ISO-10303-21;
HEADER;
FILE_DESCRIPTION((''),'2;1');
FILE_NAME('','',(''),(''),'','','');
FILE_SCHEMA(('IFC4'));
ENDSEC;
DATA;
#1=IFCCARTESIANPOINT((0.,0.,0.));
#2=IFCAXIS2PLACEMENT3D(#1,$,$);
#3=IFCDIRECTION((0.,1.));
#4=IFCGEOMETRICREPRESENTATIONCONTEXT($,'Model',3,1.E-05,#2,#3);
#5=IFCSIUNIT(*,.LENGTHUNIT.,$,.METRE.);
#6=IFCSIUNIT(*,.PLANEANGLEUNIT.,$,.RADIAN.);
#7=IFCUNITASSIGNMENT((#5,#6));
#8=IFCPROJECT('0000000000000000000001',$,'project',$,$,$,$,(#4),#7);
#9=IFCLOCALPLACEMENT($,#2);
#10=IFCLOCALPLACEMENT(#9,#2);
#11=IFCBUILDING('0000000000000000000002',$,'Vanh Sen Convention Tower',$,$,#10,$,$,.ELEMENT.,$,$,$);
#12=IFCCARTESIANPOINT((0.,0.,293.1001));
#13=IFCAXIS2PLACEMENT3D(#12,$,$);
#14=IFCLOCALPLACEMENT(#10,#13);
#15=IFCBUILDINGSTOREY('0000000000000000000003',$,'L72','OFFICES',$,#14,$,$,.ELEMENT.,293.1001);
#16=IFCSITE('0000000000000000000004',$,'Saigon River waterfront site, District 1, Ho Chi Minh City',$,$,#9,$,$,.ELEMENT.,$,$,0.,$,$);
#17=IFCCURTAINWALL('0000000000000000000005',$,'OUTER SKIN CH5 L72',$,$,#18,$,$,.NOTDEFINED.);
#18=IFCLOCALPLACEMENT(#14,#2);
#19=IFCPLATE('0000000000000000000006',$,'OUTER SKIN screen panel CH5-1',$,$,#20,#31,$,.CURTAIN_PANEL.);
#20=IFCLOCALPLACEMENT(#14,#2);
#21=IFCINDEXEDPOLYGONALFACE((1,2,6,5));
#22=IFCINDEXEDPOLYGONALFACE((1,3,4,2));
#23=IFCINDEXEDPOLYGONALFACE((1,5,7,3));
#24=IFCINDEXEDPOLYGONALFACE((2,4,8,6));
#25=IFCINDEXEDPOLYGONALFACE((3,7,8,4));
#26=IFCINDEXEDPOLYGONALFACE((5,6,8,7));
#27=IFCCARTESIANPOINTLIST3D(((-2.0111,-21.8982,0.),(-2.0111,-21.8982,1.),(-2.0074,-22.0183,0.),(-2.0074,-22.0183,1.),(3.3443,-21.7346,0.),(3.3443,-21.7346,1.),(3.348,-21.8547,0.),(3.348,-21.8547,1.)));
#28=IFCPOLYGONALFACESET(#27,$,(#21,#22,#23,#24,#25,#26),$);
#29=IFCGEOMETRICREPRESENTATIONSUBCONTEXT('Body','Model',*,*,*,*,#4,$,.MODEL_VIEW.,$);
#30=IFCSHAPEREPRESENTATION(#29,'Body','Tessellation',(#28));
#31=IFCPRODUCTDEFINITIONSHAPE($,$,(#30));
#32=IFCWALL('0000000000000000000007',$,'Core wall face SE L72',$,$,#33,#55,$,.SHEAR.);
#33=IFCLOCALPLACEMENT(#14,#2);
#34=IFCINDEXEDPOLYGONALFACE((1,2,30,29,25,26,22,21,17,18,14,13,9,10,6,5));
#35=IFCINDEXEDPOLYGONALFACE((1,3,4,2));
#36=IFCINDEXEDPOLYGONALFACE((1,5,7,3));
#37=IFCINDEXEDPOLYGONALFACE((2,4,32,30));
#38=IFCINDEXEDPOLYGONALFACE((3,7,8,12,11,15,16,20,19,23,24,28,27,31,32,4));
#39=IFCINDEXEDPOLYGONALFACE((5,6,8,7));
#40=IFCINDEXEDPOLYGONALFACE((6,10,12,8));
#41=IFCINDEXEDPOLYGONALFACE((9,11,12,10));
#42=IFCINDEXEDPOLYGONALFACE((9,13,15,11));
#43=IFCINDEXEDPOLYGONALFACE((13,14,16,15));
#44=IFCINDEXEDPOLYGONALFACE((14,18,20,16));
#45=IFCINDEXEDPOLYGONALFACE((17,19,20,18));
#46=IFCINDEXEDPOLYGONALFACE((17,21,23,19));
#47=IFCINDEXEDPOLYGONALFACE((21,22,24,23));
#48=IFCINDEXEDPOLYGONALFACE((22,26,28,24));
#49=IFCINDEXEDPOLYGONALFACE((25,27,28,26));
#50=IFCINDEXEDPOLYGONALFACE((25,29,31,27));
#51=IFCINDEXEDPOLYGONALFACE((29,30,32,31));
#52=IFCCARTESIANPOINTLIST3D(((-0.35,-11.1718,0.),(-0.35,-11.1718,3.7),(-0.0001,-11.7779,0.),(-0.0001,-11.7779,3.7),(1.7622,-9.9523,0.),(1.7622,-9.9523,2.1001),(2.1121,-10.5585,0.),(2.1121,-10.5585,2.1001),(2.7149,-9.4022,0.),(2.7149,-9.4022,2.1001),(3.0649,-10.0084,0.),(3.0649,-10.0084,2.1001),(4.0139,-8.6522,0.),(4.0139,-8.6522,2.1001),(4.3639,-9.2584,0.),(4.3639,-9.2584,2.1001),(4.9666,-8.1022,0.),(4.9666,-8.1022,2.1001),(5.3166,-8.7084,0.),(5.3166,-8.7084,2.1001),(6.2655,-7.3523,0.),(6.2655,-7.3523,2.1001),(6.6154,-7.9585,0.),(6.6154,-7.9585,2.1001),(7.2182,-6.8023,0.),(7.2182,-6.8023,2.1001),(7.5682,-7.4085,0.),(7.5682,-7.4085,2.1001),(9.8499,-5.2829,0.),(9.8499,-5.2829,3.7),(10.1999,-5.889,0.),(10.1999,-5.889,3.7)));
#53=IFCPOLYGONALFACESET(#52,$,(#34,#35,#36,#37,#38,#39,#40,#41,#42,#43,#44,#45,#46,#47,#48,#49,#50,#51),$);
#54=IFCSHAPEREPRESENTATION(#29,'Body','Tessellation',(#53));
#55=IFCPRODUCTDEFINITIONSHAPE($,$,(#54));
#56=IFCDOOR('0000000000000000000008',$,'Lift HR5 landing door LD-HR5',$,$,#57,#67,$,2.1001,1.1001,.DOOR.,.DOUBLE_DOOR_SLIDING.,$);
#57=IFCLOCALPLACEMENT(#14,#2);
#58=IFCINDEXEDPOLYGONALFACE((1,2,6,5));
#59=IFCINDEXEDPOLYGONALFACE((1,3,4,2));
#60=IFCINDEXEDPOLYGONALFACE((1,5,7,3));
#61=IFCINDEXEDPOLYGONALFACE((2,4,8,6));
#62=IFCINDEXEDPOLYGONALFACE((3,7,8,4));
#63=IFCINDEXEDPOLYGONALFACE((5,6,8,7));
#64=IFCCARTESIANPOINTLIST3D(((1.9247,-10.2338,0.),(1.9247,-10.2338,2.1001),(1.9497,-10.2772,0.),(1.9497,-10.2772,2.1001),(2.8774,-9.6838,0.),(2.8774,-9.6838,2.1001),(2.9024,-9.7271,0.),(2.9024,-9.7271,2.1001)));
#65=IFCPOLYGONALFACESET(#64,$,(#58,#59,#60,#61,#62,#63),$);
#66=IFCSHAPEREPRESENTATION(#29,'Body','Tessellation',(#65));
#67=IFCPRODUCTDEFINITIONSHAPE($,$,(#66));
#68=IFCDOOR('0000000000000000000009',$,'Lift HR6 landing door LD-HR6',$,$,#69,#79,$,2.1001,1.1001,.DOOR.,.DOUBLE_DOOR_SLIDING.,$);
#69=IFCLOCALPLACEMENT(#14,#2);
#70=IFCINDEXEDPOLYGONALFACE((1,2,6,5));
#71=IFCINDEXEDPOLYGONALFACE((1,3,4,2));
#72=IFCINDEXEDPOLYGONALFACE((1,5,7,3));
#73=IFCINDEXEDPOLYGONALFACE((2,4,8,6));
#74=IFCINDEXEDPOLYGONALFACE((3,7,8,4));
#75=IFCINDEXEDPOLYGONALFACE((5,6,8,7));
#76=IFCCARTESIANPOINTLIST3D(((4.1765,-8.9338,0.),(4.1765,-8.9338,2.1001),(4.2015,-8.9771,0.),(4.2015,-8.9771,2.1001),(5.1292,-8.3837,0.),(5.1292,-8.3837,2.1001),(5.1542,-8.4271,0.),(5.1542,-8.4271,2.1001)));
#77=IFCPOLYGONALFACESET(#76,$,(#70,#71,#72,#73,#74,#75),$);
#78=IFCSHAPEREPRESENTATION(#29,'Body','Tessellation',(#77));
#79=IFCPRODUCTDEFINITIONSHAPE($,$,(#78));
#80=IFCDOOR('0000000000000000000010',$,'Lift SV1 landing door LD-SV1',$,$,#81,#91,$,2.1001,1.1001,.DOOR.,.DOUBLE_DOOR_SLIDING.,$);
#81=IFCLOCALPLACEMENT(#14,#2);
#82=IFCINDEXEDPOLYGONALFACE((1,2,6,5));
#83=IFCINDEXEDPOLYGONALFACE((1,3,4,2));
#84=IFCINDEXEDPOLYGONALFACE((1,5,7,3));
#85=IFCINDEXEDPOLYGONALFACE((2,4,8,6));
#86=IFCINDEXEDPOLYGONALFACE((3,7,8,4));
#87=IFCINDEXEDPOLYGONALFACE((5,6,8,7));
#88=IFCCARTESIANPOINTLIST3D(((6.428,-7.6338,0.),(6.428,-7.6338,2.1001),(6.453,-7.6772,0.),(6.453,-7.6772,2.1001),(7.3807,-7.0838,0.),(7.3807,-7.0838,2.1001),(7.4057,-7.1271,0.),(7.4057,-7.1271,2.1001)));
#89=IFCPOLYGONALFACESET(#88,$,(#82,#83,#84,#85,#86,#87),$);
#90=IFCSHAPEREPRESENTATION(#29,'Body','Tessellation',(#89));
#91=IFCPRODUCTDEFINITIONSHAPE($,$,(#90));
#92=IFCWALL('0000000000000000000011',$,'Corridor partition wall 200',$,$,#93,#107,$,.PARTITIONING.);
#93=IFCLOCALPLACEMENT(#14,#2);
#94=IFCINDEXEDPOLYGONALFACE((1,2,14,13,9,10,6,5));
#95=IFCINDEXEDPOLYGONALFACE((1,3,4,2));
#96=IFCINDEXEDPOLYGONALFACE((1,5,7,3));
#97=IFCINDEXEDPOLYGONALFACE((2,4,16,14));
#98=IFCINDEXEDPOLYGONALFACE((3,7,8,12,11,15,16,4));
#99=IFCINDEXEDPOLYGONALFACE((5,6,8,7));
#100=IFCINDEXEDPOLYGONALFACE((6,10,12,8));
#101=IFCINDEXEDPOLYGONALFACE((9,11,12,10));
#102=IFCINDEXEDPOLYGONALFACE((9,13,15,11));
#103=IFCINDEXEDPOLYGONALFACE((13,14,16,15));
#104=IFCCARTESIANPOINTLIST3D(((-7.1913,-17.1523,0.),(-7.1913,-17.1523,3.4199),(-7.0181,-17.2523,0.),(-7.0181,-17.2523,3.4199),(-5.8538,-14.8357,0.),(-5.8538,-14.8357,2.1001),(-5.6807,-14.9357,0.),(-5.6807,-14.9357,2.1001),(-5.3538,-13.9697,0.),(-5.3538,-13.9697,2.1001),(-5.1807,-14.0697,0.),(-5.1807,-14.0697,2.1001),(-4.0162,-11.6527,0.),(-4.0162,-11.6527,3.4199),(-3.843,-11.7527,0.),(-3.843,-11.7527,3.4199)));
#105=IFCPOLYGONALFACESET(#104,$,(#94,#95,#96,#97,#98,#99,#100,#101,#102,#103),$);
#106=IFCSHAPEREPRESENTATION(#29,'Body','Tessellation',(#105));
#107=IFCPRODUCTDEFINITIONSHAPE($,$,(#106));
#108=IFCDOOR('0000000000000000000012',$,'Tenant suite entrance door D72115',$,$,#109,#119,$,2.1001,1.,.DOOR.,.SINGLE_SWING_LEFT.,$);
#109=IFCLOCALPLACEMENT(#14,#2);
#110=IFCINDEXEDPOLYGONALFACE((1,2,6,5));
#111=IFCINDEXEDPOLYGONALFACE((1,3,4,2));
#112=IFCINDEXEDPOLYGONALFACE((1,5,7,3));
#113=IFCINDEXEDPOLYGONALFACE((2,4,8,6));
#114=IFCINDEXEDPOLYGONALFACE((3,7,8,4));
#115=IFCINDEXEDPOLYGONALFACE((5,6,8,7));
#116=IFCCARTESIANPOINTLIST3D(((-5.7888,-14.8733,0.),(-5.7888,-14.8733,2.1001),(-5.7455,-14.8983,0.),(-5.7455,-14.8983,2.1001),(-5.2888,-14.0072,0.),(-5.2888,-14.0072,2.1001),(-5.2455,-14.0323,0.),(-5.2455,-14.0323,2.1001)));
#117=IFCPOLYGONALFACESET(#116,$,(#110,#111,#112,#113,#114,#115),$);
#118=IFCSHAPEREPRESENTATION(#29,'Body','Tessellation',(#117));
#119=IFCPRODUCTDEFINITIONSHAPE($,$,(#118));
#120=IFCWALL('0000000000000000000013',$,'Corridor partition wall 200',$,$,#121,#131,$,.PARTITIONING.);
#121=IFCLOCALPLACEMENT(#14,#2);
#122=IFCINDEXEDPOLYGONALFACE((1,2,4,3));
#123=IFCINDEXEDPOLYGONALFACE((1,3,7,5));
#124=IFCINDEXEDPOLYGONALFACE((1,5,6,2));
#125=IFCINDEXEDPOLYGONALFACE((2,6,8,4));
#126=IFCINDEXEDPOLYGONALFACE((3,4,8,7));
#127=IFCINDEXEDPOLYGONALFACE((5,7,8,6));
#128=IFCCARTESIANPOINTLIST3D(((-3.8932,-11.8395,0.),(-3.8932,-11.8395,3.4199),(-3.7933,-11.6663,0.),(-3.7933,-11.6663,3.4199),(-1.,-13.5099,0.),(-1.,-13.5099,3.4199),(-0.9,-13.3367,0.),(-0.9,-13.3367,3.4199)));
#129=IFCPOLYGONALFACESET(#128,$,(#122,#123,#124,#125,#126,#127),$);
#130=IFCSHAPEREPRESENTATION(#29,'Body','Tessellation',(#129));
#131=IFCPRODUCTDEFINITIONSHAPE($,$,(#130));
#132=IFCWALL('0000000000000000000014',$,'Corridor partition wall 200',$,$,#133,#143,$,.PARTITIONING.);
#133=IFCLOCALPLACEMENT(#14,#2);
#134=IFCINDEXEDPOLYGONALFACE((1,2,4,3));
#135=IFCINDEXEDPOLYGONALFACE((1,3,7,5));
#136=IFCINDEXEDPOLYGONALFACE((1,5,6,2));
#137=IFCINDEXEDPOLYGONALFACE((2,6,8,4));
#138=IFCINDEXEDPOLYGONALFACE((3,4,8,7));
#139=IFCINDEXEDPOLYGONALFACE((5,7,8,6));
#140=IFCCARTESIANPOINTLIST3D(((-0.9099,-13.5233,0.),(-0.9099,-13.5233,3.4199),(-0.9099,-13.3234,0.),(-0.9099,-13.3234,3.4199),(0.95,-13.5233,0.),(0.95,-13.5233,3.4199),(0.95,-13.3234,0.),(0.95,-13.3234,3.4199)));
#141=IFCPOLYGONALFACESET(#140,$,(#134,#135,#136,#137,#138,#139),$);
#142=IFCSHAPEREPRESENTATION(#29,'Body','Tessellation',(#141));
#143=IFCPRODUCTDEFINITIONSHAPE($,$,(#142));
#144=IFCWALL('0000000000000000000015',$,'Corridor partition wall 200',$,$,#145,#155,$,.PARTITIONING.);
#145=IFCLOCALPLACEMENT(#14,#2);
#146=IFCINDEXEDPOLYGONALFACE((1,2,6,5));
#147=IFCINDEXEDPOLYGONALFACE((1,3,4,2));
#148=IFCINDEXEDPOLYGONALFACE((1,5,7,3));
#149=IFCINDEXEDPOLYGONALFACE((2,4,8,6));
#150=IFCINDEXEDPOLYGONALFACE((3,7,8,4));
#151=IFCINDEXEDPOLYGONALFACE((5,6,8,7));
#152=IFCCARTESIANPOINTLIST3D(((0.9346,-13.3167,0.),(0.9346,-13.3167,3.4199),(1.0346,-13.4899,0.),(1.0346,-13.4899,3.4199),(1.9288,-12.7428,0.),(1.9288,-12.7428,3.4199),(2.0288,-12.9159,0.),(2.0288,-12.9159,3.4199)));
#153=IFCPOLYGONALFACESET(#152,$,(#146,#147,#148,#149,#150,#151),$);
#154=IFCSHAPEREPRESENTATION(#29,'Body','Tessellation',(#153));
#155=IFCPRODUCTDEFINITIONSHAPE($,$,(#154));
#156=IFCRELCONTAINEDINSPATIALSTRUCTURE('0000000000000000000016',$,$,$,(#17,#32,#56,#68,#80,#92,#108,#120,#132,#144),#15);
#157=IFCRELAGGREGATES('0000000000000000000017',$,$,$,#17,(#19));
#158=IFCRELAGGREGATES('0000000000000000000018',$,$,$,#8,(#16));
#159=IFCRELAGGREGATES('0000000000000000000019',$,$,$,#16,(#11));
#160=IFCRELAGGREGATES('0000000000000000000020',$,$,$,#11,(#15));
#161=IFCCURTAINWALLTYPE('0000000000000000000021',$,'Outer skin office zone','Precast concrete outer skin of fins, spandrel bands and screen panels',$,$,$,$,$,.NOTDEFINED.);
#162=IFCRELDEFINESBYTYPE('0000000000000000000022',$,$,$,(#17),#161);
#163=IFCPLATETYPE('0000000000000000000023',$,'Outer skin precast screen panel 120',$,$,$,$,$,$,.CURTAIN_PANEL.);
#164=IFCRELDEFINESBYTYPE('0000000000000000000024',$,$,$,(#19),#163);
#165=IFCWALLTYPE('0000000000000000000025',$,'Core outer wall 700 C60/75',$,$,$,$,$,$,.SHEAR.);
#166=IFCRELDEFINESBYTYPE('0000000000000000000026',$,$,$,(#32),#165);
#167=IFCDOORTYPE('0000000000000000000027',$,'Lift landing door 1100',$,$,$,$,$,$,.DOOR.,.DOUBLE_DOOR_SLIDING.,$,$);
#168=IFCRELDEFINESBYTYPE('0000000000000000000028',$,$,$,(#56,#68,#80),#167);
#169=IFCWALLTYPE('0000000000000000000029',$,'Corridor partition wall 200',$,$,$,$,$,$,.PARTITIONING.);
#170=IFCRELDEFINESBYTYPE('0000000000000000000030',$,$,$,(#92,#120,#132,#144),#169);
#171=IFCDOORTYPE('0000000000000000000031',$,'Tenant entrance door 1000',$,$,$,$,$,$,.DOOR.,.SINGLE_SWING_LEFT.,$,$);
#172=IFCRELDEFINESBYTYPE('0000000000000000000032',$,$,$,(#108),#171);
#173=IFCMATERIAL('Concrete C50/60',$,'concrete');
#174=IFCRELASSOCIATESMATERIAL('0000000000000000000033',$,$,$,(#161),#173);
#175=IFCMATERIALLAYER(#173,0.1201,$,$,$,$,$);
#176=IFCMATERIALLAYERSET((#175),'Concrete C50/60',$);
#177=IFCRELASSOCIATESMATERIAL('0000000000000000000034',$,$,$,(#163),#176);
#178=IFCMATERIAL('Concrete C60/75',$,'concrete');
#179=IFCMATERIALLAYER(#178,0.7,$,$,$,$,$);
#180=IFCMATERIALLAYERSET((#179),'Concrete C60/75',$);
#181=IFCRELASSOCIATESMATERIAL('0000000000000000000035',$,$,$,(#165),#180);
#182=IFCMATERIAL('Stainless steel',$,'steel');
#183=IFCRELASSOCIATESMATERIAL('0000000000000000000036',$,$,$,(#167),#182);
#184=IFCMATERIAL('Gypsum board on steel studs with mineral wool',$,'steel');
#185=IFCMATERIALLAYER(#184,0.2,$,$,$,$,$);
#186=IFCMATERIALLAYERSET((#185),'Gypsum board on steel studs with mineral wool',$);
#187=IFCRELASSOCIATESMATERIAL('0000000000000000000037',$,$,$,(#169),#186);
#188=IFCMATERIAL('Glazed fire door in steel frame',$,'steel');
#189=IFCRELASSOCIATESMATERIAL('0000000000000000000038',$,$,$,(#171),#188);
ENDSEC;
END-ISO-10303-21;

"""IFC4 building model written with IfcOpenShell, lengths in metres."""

from ifc_helpers import new_model, si_unit, direction, frame, frame_2d, origin, origin_2d, place, context, subcontext, project, spatial, rectangle, extrude, material, layer, layer_set, type_object, element, fill, aggregate, save


model = new_model("IFC4")

# Units and contexts
model_context = context("Model", 3, precision=1e-05, world=origin(), true_north=direction((0.0, 1.0)))
body_context = subcontext(model_context, "Body", "Model", "MODEL_VIEW")
ifc_project = project(units=[si_unit("LENGTHUNIT", "METRE"), si_unit("PLANEANGLEUNIT", "RADIAN")], contexts=[model_context])

# Site, building, storey
site_placement = place(None, origin())
site = spatial("IfcSite", under=ifc_project, at=site_placement, Name="Saigon River waterfront site, District 1, Ho Chi Minh City", CompositionType="ELEMENT", RefElevation=0.0)
building_placement = place(site_placement, origin())
building = spatial("IfcBuilding", under=site, at=building_placement, Name="Vanh Sen Convention Tower", CompositionType="ELEMENT")
storey_placement = place(building_placement, frame((0.0, 0.0, 293.1001)))
storey = spatial("IfcBuildingStorey", under=building, at=storey_placement, Name="L72", Description="OFFICES", CompositionType="ELEMENT", Elevation=293.1001)

# Shared definitions
ifc_material_1 = material(Name="Concrete C60/75", Category="concrete")

# Shared definitions
ifc_material_2 = material(Name="Concrete C50/60", Category="concrete")
curtain_wall_type = type_object("IfcCurtainWallType", Name="Outer skin office zone", Description="Precast concrete outer skin of fins, spandrel bands and screen panels", PredefinedType="NOTDEFINED", material=ifc_material_2)

# Curtain wall
curtain_wall_1_placement = place(storey_placement, origin())
curtain_wall_1 = element("IfcCurtainWall", 1, at=curtain_wall_1_placement, inside=storey, type_object=curtain_wall_type, Name="OUTER SKIN CH5 L72", PredefinedType="NOTDEFINED")

# Plate
ifc_layer_1 = layer(ifc_material_2, 0.1201)
ifc_layer_set_1 = layer_set([ifc_layer_1], Name="Concrete C50/60")
plate_type = type_object("IfcPlateType", Name="Outer skin precast screen panel 120", PredefinedType="CURTAIN_PANEL", material=ifc_layer_set_1)
plate_1_placement = place(storey_placement, frame((0.6685, -21.8765, 0.0), z_axis=(0.0, 0.0, 1.0), x_axis=(0.999534, 0.030539, 0.0)))
plate_1 = element("IfcPlate", 2, at=plate_1_placement, type_object=plate_type, Name="OUTER SKIN screen panel CH5-1", PredefinedType="CURTAIN_PANEL", context=body_context, shape_type="SweptSolid", body=[
    extrude(rectangle(XDim=5.3579, YDim=0.1201, at=origin_2d()), origin(), (0.0, 0.0, 1.0), 1.0),
])
aggregate(curtain_wall_1, [plate_1])

# Wall, openings, doors
ifc_layer_2 = layer(ifc_material_1, 0.7)
ifc_layer_set_2 = layer_set([ifc_layer_2], Name="Concrete C60/75")
wall_type_1 = type_object("IfcWallType", Name="Core outer wall 700 C60/75", PredefinedType="SHEAR", material=ifc_layer_set_2)
wall_1_placement = place(storey_placement, frame((-0.175, -11.4749, 0.0), z_axis=(0.0, 0.0, 1.0), x_axis=(0.866026, 0.499998, 0.0)))
wall_1 = element("IfcWall", 3, at=wall_1_placement, inside=storey, type_object=wall_type_1, Name="Core wall face SE L72", PredefinedType="SHEAR", context=body_context, shape_type="SweptSolid", body=[
    extrude(rectangle(XDim=11.7778, YDim=0.7, at=frame_2d((5.8889, 0.0))), origin(), (0.0, 0.0, 1.0), 3.7),
])
opening_1_placement = place(wall_1_placement, frame((2.439, 0.0, 0.0)))
opening_1 = element("IfcOpeningElement", 4, at=opening_1_placement, cuts=wall_1, PredefinedType="OPENING", context=body_context, shape_type="SweptSolid", body=[
    extrude(rectangle(XDim=1.1001, YDim=2.1001, at=frame_2d((0.55, 1.05))), frame((0.0, 0.3599, 0.0), z_axis=(0.0, -1.0, 0.0), x_axis=(1.0, 0.0, 0.0)), (0.0, 0.0, 1.0), 0.72),
])
opening_2_placement = place(wall_1_placement, frame((5.0391, 0.0, 0.0)))
opening_2 = element("IfcOpeningElement", 5, at=opening_2_placement, cuts=wall_1, PredefinedType="OPENING", context=body_context, shape_type="SweptSolid", body=[
    extrude(rectangle(XDim=1.1001, YDim=2.1001, at=frame_2d((0.55, 1.05))), frame((0.0, 0.3599, 0.0), z_axis=(0.0, -1.0, 0.0), x_axis=(1.0, 0.0, 0.0)), (0.0, 0.0, 1.0), 0.72),
])
opening_3_placement = place(wall_1_placement, frame((7.6389, 0.0, 0.0)))
opening_3 = element("IfcOpeningElement", 6, at=opening_3_placement, cuts=wall_1, PredefinedType="OPENING", context=body_context, shape_type="SweptSolid", body=[
    extrude(rectangle(XDim=1.1001, YDim=2.1001, at=frame_2d((0.55, 1.05))), frame((0.0, 0.3599, 0.0), z_axis=(0.0, -1.0, 0.0), x_axis=(1.0, 0.0, 0.0)), (0.0, 0.0, 1.0), 0.72),
])
ifc_material_3 = material(Name="Stainless steel", Category="steel")
door_type_1 = type_object("IfcDoorType", Name="Lift landing door 1100", OperationType="DOUBLE_DOOR_SLIDING", PredefinedType="DOOR", material=ifc_material_3)
door_1_placement = place(opening_1_placement, origin())
door_1 = element("IfcDoor", 7, at=door_1_placement, inside=storey, type_object=door_type_1, Name="Lift HR5 landing door LD-HR5", OperationType="DOUBLE_DOOR_SLIDING", OverallHeight=2.1001, OverallWidth=1.1001, PredefinedType="DOOR", context=body_context, shape_type="SweptSolid", body=[
    extrude(rectangle(XDim=1.1001, YDim=2.1001, at=frame_2d((0.55, 1.05))), frame((0.0, 0.0249, 0.0), z_axis=(0.0, -1.0, 0.0), x_axis=(1.0, 0.0, 0.0)), (0.0, 0.0, 1.0), 0.05),
])
fill(opening_1, door_1)
door_2_placement = place(opening_2_placement, origin())
door_2 = element("IfcDoor", 8, at=door_2_placement, inside=storey, type_object=door_type_1, Name="Lift HR6 landing door LD-HR6", OperationType="DOUBLE_DOOR_SLIDING", OverallHeight=2.1001, OverallWidth=1.1001, PredefinedType="DOOR", context=body_context, shape_type="SweptSolid", body=[
    extrude(rectangle(XDim=1.1001, YDim=2.1001, at=frame_2d((0.55, 1.05))), frame((0.0, 0.0249, 0.0), z_axis=(0.0, -1.0, 0.0), x_axis=(1.0, 0.0, 0.0)), (0.0, 0.0, 1.0), 0.05),
])
fill(opening_2, door_2)
door_3_placement = place(opening_3_placement, origin())
door_3 = element("IfcDoor", 9, at=door_3_placement, inside=storey, type_object=door_type_1, Name="Lift SV1 landing door LD-SV1", OperationType="DOUBLE_DOOR_SLIDING", OverallHeight=2.1001, OverallWidth=1.1001, PredefinedType="DOOR", context=body_context, shape_type="SweptSolid", body=[
    extrude(rectangle(XDim=1.1001, YDim=2.1001, at=frame_2d((0.55, 1.05))), frame((0.0, 0.0249, 0.0), z_axis=(0.0, -1.0, 0.0), x_axis=(1.0, 0.0, 0.0)), (0.0, 0.0, 1.0), 0.05),
])
fill(opening_3, door_3)

# Wall, opening, door
ifc_material_4 = material(Name="Gypsum board on steel studs with mineral wool", Category="steel")
ifc_layer_3 = layer(ifc_material_4, 0.2)
ifc_layer_set_3 = layer_set([ifc_layer_3], Name="Gypsum board on steel studs with mineral wool")
wall_type_2 = type_object("IfcWallType", Name="Corridor partition wall 200", PredefinedType="PARTITIONING", material=ifc_layer_set_3)
wall_2_placement = place(storey_placement, frame((-7.1047, -17.2024, 0.0), z_axis=(0.0, 0.0, 1.0), x_axis=(0.499989, 0.866032, 0.0)))
wall_2 = element("IfcWall", 10, at=wall_2_placement, inside=storey, type_object=wall_type_2, Name="Corridor partition wall 200", PredefinedType="PARTITIONING", context=body_context, shape_type="SweptSolid", body=[
    extrude(rectangle(XDim=6.3503, YDim=0.2, at=frame_2d((3.1753, 0.0))), origin(), (0.0, 0.0, 1.0), 3.4199),
])
opening_4_placement = place(wall_2_placement, frame((2.675, 0.0, 0.0)))
opening_4 = element("IfcOpeningElement", 11, at=opening_4_placement, cuts=wall_2, PredefinedType="OPENING", context=body_context, shape_type="SweptSolid", body=[
    extrude(rectangle(XDim=1.0, YDim=2.1001, at=frame_2d((0.5, 1.05))), frame((0.0, 0.1099, 0.0), z_axis=(0.0, -1.0, 0.0), x_axis=(1.0, 0.0, 0.0)), (0.0, 0.0, 1.0), 0.22),
])
ifc_material_5 = material(Name="Glazed fire door in steel frame", Category="steel")
door_type_2 = type_object("IfcDoorType", Name="Tenant entrance door 1000", OperationType="SINGLE_SWING_LEFT", PredefinedType="DOOR", material=ifc_material_5)
door_4_placement = place(opening_4_placement, origin())
door_4 = element("IfcDoor", 12, at=door_4_placement, inside=storey, type_object=door_type_2, Name="Tenant suite entrance door D72115", OperationType="SINGLE_SWING_LEFT", OverallHeight=2.1001, OverallWidth=1.0, PredefinedType="DOOR", context=body_context, shape_type="SweptSolid", body=[
    extrude(rectangle(XDim=1.0, YDim=2.1001, at=frame_2d((0.5, 1.05))), frame((0.0, 0.0249, 0.0), z_axis=(0.0, -1.0, 0.0), x_axis=(1.0, 0.0, 0.0)), (0.0, 0.0, 1.0), 0.05),
])
fill(opening_4, door_4)

# Walls
wall_3_placement = place(storey_placement, frame((-3.8433, -11.7529, 0.0), z_axis=(0.0, 0.0, 1.0), x_axis=(0.866031, -0.49999, 0.0)))
element("IfcWall", 13, at=wall_3_placement, inside=storey, type_object=wall_type_2, Name="Corridor partition wall 200", PredefinedType="PARTITIONING", context=body_context, shape_type="SweptSolid", body=[
    extrude(rectangle(XDim=3.3408, YDim=0.2, at=frame_2d((1.6704, 0.0))), origin(), (0.0, 0.0, 1.0), 3.4199),
])
wall_4_placement = place(storey_placement, frame((-0.9099, -13.4233, 0.0), z_axis=(0.0, 0.0, 1.0), x_axis=(1.0, 0.0, 0.0)))
element("IfcWall", 14, at=wall_4_placement, inside=storey, type_object=wall_type_2, Name="Corridor partition wall 200", PredefinedType="PARTITIONING", context=body_context, shape_type="SweptSolid", body=[
    extrude(rectangle(XDim=1.8599, YDim=0.2, at=frame_2d((0.9299, 0.0))), origin(), (0.0, 0.0, 1.0), 3.4199),
])
wall_5_placement = place(storey_placement, frame((0.9846, -13.4033, 0.0), z_axis=(0.0, 0.0, 1.0), x_axis=(0.866023, 0.500005, 0.0)))
element("IfcWall", 15, at=wall_5_placement, inside=storey, type_object=wall_type_2, Name="Corridor partition wall 200", PredefinedType="PARTITIONING", context=body_context, shape_type="SweptSolid", body=[
    extrude(rectangle(XDim=1.1479, YDim=0.2, at=frame_2d((0.574, 0.0))), origin(), (0.0, 0.0, 1.0), 3.4199),
])

save(model, "model.ifc")
